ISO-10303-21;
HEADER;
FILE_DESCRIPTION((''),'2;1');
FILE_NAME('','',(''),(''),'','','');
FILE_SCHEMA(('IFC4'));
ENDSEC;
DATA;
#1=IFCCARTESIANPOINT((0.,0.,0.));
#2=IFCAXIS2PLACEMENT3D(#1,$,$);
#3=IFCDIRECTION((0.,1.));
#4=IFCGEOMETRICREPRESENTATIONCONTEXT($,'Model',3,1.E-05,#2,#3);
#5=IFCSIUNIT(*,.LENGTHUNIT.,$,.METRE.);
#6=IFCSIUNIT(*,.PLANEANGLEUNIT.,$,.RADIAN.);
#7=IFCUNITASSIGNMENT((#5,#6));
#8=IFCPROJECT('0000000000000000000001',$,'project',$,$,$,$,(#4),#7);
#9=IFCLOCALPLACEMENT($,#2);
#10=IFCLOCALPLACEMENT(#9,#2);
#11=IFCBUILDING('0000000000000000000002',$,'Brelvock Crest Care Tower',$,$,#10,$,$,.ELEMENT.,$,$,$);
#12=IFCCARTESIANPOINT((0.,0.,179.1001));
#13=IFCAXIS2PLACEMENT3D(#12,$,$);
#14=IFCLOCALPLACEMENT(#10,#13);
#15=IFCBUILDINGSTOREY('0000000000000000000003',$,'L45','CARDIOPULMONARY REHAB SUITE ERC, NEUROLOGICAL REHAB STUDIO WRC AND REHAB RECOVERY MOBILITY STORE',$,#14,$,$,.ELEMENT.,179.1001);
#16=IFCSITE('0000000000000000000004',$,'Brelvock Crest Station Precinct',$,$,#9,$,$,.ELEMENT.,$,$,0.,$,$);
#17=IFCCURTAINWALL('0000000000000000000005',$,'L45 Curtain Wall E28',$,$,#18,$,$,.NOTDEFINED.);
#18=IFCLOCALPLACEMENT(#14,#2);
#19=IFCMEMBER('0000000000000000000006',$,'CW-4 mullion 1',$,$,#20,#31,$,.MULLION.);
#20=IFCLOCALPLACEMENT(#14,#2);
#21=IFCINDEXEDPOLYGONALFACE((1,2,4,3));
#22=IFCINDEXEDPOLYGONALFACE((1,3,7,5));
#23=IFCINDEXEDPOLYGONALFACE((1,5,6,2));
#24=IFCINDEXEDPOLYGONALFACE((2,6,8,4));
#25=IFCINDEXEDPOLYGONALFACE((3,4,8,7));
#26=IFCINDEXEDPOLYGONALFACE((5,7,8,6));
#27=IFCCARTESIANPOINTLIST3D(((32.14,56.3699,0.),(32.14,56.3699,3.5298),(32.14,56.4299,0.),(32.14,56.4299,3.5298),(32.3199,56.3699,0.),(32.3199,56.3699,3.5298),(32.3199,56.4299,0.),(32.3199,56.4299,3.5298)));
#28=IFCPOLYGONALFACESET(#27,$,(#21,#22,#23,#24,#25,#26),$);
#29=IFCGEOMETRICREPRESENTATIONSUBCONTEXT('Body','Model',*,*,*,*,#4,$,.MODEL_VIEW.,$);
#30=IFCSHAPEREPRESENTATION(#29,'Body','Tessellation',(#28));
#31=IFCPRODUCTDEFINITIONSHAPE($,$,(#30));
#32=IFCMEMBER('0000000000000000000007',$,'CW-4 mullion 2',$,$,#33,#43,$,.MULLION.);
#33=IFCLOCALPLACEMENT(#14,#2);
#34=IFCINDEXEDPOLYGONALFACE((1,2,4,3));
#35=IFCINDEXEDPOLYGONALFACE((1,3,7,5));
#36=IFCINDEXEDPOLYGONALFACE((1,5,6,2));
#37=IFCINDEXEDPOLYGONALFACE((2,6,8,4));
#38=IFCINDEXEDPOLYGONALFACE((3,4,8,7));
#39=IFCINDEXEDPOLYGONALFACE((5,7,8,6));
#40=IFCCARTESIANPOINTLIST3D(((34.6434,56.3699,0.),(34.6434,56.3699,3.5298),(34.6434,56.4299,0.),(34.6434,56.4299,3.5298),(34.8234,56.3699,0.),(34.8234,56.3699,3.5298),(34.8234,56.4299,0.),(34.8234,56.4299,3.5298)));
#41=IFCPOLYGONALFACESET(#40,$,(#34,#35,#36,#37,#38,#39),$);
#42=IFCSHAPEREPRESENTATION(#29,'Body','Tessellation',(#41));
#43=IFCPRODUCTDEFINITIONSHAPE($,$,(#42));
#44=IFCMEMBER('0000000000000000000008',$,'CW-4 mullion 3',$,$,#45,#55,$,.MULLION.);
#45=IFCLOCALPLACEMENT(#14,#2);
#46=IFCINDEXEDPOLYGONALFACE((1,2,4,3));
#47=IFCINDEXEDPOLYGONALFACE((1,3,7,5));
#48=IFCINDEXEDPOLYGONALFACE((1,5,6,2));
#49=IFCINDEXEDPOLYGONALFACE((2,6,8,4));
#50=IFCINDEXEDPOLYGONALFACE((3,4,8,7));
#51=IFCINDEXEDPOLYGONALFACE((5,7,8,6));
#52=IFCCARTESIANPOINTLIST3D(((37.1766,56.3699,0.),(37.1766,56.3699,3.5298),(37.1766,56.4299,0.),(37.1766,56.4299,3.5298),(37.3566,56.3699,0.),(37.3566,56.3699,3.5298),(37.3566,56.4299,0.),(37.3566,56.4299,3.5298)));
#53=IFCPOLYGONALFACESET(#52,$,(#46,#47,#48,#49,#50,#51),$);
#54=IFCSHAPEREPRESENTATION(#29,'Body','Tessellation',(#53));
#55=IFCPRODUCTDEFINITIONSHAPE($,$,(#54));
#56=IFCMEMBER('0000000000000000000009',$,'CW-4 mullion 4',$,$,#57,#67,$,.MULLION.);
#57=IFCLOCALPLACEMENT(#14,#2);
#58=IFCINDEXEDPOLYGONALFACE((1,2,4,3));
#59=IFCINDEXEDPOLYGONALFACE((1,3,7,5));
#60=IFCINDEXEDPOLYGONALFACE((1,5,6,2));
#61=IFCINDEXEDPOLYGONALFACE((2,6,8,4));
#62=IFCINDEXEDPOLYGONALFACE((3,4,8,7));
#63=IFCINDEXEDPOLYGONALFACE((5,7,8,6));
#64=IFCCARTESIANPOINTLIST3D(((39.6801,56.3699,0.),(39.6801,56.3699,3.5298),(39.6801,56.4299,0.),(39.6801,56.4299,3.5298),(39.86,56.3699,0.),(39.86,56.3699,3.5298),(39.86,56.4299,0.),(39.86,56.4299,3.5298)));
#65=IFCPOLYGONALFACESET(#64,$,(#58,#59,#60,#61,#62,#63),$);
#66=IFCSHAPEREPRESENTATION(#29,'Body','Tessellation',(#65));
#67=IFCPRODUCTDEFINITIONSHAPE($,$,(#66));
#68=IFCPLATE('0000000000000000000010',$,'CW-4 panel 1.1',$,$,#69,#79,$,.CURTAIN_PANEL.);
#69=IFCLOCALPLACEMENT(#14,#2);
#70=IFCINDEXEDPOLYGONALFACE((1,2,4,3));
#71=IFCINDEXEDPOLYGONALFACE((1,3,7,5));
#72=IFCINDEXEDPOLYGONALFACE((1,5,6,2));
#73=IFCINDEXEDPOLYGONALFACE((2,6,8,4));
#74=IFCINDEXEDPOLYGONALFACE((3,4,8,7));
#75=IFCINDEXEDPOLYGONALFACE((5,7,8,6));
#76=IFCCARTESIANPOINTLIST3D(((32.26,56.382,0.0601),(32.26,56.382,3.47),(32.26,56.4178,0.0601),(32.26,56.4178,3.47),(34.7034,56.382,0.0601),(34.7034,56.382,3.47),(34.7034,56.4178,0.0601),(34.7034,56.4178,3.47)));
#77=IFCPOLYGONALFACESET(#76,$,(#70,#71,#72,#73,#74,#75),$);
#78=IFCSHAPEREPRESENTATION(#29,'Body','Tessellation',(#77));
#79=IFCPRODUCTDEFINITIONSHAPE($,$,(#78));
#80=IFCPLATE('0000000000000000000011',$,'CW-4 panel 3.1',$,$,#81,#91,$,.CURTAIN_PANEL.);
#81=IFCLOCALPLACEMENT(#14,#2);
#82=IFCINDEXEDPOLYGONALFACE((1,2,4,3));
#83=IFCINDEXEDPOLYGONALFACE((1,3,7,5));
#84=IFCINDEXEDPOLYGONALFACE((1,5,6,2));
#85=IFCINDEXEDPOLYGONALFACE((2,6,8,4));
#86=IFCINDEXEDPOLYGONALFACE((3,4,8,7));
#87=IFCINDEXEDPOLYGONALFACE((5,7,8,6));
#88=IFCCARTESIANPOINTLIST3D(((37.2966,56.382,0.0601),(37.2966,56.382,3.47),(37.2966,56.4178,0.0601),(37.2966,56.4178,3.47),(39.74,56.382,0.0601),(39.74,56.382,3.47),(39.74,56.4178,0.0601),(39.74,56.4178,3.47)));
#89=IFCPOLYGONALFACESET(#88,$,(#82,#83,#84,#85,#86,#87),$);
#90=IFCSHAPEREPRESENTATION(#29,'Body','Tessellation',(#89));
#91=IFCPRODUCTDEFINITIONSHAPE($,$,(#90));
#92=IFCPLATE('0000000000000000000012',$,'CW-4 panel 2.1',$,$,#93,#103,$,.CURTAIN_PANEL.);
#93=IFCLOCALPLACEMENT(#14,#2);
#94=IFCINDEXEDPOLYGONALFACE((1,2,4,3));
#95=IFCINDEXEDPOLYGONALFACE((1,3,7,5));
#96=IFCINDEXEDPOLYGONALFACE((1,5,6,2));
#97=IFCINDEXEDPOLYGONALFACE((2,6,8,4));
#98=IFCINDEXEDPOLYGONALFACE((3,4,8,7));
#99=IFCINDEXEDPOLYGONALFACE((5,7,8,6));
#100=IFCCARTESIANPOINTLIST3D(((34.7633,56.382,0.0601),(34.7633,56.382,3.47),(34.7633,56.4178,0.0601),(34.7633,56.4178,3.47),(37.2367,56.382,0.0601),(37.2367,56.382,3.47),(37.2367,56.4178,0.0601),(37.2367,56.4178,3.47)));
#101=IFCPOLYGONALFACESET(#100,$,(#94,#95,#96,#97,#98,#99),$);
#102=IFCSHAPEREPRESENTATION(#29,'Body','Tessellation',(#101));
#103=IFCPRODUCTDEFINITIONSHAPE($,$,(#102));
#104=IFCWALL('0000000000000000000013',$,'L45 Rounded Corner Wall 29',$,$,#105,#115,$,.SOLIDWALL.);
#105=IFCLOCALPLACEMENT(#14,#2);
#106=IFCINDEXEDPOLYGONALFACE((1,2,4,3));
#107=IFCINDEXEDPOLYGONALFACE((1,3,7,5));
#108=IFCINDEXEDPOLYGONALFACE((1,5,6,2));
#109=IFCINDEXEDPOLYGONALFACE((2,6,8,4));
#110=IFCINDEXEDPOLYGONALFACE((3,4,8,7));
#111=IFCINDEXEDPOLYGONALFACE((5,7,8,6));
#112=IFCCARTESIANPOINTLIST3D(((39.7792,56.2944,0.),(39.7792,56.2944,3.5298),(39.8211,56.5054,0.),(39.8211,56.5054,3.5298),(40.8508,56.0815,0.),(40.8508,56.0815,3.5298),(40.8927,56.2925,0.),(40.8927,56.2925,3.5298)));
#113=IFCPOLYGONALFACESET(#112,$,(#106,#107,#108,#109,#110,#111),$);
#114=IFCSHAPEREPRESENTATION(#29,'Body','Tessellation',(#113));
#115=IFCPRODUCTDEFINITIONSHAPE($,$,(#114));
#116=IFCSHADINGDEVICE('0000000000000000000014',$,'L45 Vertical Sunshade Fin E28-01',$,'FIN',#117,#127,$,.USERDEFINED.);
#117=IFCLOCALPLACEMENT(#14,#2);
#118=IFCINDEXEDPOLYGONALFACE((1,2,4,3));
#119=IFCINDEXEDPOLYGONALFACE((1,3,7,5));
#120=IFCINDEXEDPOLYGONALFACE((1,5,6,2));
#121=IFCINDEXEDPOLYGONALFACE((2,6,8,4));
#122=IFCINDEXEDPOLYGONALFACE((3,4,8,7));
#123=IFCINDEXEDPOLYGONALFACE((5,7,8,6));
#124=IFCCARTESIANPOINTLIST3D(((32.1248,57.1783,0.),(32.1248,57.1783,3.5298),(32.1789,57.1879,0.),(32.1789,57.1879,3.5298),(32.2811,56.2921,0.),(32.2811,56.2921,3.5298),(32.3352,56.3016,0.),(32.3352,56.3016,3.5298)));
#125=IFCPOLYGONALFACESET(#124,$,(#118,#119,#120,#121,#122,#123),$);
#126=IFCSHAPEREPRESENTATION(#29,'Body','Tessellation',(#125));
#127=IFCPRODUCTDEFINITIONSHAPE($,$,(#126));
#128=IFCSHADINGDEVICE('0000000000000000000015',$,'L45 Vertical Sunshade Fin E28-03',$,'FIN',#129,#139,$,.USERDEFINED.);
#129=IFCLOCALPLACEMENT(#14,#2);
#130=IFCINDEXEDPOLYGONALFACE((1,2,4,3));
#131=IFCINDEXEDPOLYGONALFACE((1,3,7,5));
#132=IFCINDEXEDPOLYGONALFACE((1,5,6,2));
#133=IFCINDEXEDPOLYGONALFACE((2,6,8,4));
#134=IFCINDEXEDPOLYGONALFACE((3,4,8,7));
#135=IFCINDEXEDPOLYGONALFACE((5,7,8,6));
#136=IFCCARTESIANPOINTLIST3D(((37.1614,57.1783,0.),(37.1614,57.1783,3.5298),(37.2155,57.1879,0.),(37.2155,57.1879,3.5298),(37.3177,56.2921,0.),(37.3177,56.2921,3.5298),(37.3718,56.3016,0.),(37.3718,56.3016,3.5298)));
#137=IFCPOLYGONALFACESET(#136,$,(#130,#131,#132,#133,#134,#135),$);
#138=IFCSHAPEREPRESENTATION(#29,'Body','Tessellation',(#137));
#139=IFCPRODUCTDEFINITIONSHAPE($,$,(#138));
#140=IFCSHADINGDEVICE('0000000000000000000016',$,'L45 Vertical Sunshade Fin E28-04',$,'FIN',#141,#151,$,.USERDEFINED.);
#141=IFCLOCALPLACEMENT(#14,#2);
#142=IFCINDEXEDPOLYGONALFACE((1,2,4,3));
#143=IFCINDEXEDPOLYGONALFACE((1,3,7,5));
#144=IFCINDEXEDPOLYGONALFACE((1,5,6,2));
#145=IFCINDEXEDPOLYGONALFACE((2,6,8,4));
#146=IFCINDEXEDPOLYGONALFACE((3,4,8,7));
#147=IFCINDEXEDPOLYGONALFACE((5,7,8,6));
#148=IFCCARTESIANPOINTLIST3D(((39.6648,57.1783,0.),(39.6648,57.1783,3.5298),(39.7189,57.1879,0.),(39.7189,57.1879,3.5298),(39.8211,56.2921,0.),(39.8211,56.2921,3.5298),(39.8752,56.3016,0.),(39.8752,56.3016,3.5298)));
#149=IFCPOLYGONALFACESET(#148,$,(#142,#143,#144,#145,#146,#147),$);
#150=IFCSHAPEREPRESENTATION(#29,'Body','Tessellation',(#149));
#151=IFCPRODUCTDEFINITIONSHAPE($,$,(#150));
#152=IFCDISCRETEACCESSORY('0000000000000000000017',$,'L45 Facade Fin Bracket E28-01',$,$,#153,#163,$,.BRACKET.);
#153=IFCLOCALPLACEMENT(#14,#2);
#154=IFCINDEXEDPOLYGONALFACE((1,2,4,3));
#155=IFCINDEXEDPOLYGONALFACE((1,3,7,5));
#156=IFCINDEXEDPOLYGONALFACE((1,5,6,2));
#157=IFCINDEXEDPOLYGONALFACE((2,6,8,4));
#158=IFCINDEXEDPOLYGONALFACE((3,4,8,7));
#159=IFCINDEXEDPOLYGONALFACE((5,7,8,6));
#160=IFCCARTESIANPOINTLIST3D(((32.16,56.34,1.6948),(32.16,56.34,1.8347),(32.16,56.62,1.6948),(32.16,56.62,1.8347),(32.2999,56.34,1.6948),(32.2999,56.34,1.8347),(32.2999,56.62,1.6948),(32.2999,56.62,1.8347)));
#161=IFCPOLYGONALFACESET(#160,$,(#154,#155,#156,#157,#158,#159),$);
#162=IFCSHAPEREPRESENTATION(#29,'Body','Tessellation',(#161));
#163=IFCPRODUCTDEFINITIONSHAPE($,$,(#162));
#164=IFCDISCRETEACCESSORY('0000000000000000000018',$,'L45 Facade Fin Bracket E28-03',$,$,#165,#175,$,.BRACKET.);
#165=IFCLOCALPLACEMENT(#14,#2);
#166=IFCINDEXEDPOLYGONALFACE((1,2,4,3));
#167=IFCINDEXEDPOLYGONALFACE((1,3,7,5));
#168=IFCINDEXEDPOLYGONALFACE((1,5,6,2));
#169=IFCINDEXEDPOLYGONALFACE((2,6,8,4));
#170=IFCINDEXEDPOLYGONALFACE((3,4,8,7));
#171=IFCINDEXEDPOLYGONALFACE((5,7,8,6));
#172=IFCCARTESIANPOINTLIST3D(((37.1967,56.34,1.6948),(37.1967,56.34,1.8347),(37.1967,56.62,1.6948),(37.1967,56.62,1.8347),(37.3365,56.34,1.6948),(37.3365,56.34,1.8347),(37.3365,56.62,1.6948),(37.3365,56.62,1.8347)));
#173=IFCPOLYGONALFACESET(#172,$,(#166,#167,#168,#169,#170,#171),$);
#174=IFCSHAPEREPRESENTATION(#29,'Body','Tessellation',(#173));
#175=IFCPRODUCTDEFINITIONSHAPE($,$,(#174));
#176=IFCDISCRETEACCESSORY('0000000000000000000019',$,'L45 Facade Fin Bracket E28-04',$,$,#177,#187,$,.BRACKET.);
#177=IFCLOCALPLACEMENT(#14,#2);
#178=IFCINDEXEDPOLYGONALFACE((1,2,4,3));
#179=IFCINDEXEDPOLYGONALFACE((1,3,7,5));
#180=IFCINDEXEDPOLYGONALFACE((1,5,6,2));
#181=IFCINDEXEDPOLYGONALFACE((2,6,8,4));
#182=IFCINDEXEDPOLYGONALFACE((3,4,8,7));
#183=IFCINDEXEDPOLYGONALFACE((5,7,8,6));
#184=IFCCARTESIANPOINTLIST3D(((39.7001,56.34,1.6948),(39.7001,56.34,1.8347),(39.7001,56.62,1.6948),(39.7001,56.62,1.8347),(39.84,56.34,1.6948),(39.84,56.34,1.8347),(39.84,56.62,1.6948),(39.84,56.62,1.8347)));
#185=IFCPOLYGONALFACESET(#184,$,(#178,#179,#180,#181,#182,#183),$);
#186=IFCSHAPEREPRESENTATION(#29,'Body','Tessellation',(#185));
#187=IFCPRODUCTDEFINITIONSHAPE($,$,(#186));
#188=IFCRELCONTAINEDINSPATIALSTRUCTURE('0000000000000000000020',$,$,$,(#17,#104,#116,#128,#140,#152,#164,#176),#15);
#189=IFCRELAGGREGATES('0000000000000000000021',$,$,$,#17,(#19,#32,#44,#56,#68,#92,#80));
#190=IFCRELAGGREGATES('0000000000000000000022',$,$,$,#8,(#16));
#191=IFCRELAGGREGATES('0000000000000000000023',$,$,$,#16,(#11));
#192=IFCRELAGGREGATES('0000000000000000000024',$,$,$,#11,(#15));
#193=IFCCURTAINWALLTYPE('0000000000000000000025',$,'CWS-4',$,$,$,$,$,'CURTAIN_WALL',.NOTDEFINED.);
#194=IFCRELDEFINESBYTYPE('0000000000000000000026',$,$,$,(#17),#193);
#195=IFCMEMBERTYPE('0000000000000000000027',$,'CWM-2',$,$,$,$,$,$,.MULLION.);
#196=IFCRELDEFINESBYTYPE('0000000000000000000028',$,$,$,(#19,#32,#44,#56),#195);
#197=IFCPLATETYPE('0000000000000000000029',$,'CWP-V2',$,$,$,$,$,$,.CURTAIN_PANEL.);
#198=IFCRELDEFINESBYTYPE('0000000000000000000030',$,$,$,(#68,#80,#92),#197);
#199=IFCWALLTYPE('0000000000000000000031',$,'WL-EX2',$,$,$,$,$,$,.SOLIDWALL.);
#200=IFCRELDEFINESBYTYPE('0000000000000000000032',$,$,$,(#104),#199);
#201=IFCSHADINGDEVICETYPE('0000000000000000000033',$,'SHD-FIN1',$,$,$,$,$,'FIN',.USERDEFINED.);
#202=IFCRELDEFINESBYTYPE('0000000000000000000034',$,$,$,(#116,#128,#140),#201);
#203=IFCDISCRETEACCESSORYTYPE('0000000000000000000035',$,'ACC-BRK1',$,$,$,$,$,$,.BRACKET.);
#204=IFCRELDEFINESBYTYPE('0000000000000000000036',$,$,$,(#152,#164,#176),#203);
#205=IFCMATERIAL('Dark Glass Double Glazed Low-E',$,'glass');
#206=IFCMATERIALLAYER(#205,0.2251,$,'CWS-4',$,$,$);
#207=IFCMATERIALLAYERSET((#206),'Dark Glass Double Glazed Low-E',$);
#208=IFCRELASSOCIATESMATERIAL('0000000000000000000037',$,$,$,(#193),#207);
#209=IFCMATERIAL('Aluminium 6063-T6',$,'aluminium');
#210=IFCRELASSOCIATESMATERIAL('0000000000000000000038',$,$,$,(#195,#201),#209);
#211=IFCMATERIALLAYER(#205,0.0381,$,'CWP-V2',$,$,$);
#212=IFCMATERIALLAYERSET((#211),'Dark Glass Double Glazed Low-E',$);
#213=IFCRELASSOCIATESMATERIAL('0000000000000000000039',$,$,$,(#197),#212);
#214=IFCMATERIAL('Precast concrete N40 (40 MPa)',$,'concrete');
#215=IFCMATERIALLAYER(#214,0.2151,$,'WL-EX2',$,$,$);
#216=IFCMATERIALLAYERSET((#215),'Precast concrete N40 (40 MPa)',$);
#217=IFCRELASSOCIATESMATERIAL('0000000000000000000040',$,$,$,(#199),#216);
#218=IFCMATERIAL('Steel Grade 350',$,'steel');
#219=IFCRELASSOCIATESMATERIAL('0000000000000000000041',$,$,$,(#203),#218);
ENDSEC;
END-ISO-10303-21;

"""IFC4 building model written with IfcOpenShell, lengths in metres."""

from ifc_helpers import new_model, si_unit, direction, frame, frame_2d, origin, origin_2d, place, context, subcontext, project, spatial, rectangle, extrude, source, transform, mapped, material, layer, layer_set, material_profile, profile_set, type_object, element, aggregate, save


model = new_model("IFC4")

# Units and contexts
model_context = context("Model", 3, precision=1e-05, world=origin(), true_north=direction((0.0, 1.0)))
body_context = subcontext(model_context, "Body", "Model", "MODEL_VIEW")
ifc_project = project(units=[si_unit("LENGTHUNIT", "METRE"), si_unit("PLANEANGLEUNIT", "RADIAN")], contexts=[model_context])

# Site, building, storey
site_placement = place(None, origin())
site = spatial("IfcSite", under=ifc_project, at=site_placement, Name="Brelvock Crest Station Precinct", CompositionType="ELEMENT", RefElevation=0.0)
building_placement = place(site_placement, origin())
building = spatial("IfcBuilding", under=site, at=building_placement, Name="Brelvock Crest Care Tower", CompositionType="ELEMENT")
storey_placement = place(building_placement, frame((0.0, 0.0, 179.1001)))
storey = spatial("IfcBuildingStorey", under=building, at=storey_placement, Name="L45", Description="CARDIOPULMONARY REHAB SUITE ERC, NEUROLOGICAL REHAB STUDIO WRC AND REHAB RECOVERY MOBILITY STORE", CompositionType="ELEMENT", Elevation=179.1001)

# Shared definitions
ifc_material_1 = material(Name="Steel Grade 350", Category="steel")

# Curtain wall, members, plates
ifc_material_2 = material(Name="Dark Glass Double Glazed Low-E", Category="glass")
ifc_layer_1 = layer(ifc_material_2, 0.2251, Name="CWS-4")
ifc_layer_set_1 = layer_set([ifc_layer_1], Name="Dark Glass Double Glazed Low-E")
curtain_wall_type = type_object("IfcCurtainWallType", Name="CWS-4", ElementType="CURTAIN_WALL", PredefinedType="NOTDEFINED", material=ifc_layer_set_1)
curtain_wall_placement = place(storey_placement, origin())
curtain_wall = element("IfcCurtainWall", 1, at=curtain_wall_placement, inside=storey, type_object=curtain_wall_type, Name="L45 Curtain Wall E28", PredefinedType="NOTDEFINED")
ifc_material_3 = material(Name="Aluminium 6063-T6", Category="aluminium")
ifc_material_profile_1 = material_profile(ifc_material_3, rectangle(XDim=0.0601, YDim=0.1799, at=origin_2d()), Name="ALU60x180")
ifc_profile_set_1 = profile_set([ifc_material_profile_1], Name="Aluminium 6063-T6")
member_type_1 = type_object("IfcMemberType", Name="CWM-2", PredefinedType="MULLION", material=ifc_profile_set_1)
shared_shape_1 = source(origin(), body_context, "Body", "SweptSolid", [
    extrude(rectangle(XDim=0.0601, YDim=0.1799, at=origin_2d()), origin(), (0.0, 0.0, 1.0), 3.5298),
])
member_1_placement = place(storey_placement, frame((32.23, 56.3999, 0.0), z_axis=(0.0, 0.0, 1.0), x_axis=(0.0, 1.0, 0.0)))
member_1 = element("IfcMember", 2, at=member_1_placement, type_object=member_type_1, Name="CW-4 mullion 1", PredefinedType="MULLION", context=body_context, shape_type="MappedRepresentation", body=[
    mapped(shared_shape_1, transform((0.0, 0.0, 0.0), x_axis=(1.0, 0.0, 0.0), y_axis=(0.0, 1.0, 0.0), z_axis=(0.0, 0.0, 1.0), scale=1.0)),
])
member_2_placement = place(storey_placement, frame((34.7334, 56.3999, 0.0), z_axis=(0.0, 0.0, 1.0), x_axis=(0.0, 1.0, 0.0)))
member_2 = element("IfcMember", 3, at=member_2_placement, type_object=member_type_1, Name="CW-4 mullion 2", PredefinedType="MULLION", context=body_context, shape_type="MappedRepresentation", body=[
    mapped(shared_shape_1, transform((0.0, 0.0, 0.0), x_axis=(1.0, 0.0, 0.0), y_axis=(0.0, 1.0, 0.0), z_axis=(0.0, 0.0, 1.0), scale=1.0)),
])
member_3_placement = place(storey_placement, frame((37.2666, 56.3999, 0.0), z_axis=(0.0, 0.0, 1.0), x_axis=(0.0, 1.0, 0.0)))
member_3 = element("IfcMember", 4, at=member_3_placement, type_object=member_type_1, Name="CW-4 mullion 3", PredefinedType="MULLION", context=body_context, shape_type="MappedRepresentation", body=[
    mapped(shared_shape_1, transform((0.0, 0.0, 0.0), x_axis=(1.0, 0.0, 0.0), y_axis=(0.0, 1.0, 0.0), z_axis=(0.0, 0.0, 1.0), scale=1.0)),
])
member_4_placement = place(storey_placement, frame((39.77, 56.3999, 0.0), z_axis=(0.0, 0.0, 1.0), x_axis=(0.0, 1.0, 0.0)))
member_4 = element("IfcMember", 5, at=member_4_placement, type_object=member_type_1, Name="CW-4 mullion 4", PredefinedType="MULLION", context=body_context, shape_type="MappedRepresentation", body=[
    mapped(shared_shape_1, transform((0.0, 0.0, 0.0), x_axis=(1.0, 0.0, 0.0), y_axis=(0.0, 1.0, 0.0), z_axis=(0.0, 0.0, 1.0), scale=1.0)),
])
ifc_layer_2 = layer(ifc_material_2, 0.0381, Name="CWP-V2")
ifc_layer_set_2 = layer_set([ifc_layer_2], Name="Dark Glass Double Glazed Low-E")
plate_type = type_object("IfcPlateType", Name="CWP-V2", PredefinedType="CURTAIN_PANEL", material=ifc_layer_set_2)
shared_shape_2 = source(origin(), body_context, "Body", "SweptSolid", [
    extrude(rectangle(XDim=2.4434, YDim=0.0359, at=origin_2d()), origin(), (0.0, 0.0, 1.0), 3.4099),
])
plate_1_placement = place(storey_placement, frame((33.4817, 56.3999, 0.0601), z_axis=(0.0, 0.0, 1.0), x_axis=(1.0, 0.0, 0.0)))
plate_1 = element("IfcPlate", 6, at=plate_1_placement, type_object=plate_type, Name="CW-4 panel 1.1", PredefinedType="CURTAIN_PANEL", context=body_context, shape_type="MappedRepresentation", body=[
    mapped(shared_shape_2, transform((0.0, 0.0, 0.0), x_axis=(1.0, 0.0, 0.0), y_axis=(0.0, 1.0, 0.0), z_axis=(0.0, 0.0, 1.0), scale=1.0)),
])
plate_2_placement = place(storey_placement, frame((38.5183, 56.3999, 0.0601), z_axis=(0.0, 0.0, 1.0), x_axis=(1.0, 0.0, 0.0)))
plate_2 = element("IfcPlate", 7, at=plate_2_placement, type_object=plate_type, Name="CW-4 panel 3.1", PredefinedType="CURTAIN_PANEL", context=body_context, shape_type="MappedRepresentation", body=[
    mapped(shared_shape_2, transform((0.0, 0.0, 0.0), x_axis=(1.0, 0.0, 0.0), y_axis=(0.0, 1.0, 0.0), z_axis=(0.0, 0.0, 1.0), scale=1.0)),
])
shared_shape_3 = source(origin(), body_context, "Body", "SweptSolid", [
    extrude(rectangle(XDim=2.4734, YDim=0.0359, at=origin_2d()), origin(), (0.0, 0.0, 1.0), 3.4099),
])
plate_3_placement = place(storey_placement, frame((36.0, 56.3999, 0.0601), z_axis=(0.0, 0.0, 1.0), x_axis=(1.0, 0.0, 0.0)))
plate_3 = element("IfcPlate", 8, at=plate_3_placement, type_object=plate_type, Name="CW-4 panel 2.1", PredefinedType="CURTAIN_PANEL", context=body_context, shape_type="MappedRepresentation", body=[
    mapped(shared_shape_3, transform((0.0, 0.0, 0.0), x_axis=(1.0, 0.0, 0.0), y_axis=(0.0, 1.0, 0.0), z_axis=(0.0, 0.0, 1.0), scale=1.0)),
])
aggregate(curtain_wall, [member_1, member_2, member_3, member_4, plate_1, plate_3, plate_2])

# Wall
ifc_material_4 = material(Name="Precast concrete N40 (40 MPa)", Category="concrete")
ifc_layer_3 = layer(ifc_material_4, 0.2151, Name="WL-EX2")
ifc_layer_set_3 = layer_set([ifc_layer_3], Name="Precast concrete N40 (40 MPa)")
wall_type = type_object("IfcWallType", Name="WL-EX2", PredefinedType="SOLIDWALL", material=ifc_layer_set_3)
wall_placement = place(storey_placement, frame((39.8, 56.3999, 0.0), z_axis=(0.0, 0.0, 1.0), x_axis=(0.980829, -0.19487, 0.0)))
element("IfcWall", 9, at=wall_placement, inside=storey, type_object=wall_type, Name="L45 Rounded Corner Wall 29", PredefinedType="SOLIDWALL", context=body_context, shape_type="SweptSolid", body=[
    extrude(rectangle(XDim=1.0925, YDim=0.2151, at=frame_2d((0.5464, 0.0))), origin(), (0.0, 0.0, 1.0), 3.5298),
])

# Shading devices
ifc_material_profile_2 = material_profile(ifc_material_3, rectangle(XDim=0.0549, YDim=0.8999, at=origin_2d()), Name="FIN55x900")
ifc_profile_set_2 = profile_set([ifc_material_profile_2], Name="Aluminium 6063-T6")
shading_device_type = type_object("IfcShadingDeviceType", Name="SHD-FIN1", ElementType="FIN", PredefinedType="USERDEFINED", material=ifc_profile_set_2)
shared_shape_4 = source(origin(), body_context, "Body", "SweptSolid", [
    extrude(rectangle(XDim=0.0549, YDim=0.8999, at=origin_2d()), origin(), (0.0, 0.0, 1.0), 3.5298),
])
for number, where, z_axis, x_axis, name in (
    (10, (32.23, 56.74, 0.0), (0.0, 0.0, 1.0), (0.984808, 0.173648, 0.0), "L45 Vertical Sunshade Fin E28-01"),
    (11, (37.2666, 56.74, 0.0), (0.0, 0.0, 1.0), (0.984808, 0.173648, 0.0), "L45 Vertical Sunshade Fin E28-03"),
    (12, (39.77, 56.74, 0.0), (0.0, 0.0, 1.0), (0.984808, 0.173648, 0.0), "L45 Vertical Sunshade Fin E28-04"),
):
    element("IfcShadingDevice", number, at=place(storey_placement, frame(where, z_axis=z_axis, x_axis=x_axis)), inside=storey, type_object=shading_device_type, Name=name, ObjectType="FIN", PredefinedType="USERDEFINED", context=body_context, shape_type="MappedRepresentation", body=[
        mapped(shared_shape_4, transform((0.0, 0.0, 0.0), x_axis=(1.0, 0.0, 0.0), y_axis=(0.0, 1.0, 0.0), z_axis=(0.0, 0.0, 1.0), scale=1.0)),
    ])

# Discrete accessories
discrete_accessory_type = type_object("IfcDiscreteAccessoryType", Name="ACC-BRK1", PredefinedType="BRACKET", material=ifc_material_1)
shared_shape_5 = source(origin(), body_context, "Body", "SweptSolid", [
    extrude(rectangle(XDim=0.28, YDim=0.1399, at=origin_2d()), origin(), (0.0, 0.0, 1.0), 0.1399),
])
for number, where, z_axis, x_axis, name in (
    (13, (32.23, 56.48, 1.6948), (0.0, 0.0, 1.0), (0.0, 1.0, 0.0), "L45 Facade Fin Bracket E28-01"),
    (14, (37.2666, 56.48, 1.6948), (0.0, 0.0, 1.0), (0.0, 1.0, 0.0), "L45 Facade Fin Bracket E28-03"),
    (15, (39.77, 56.48, 1.6948), (0.0, 0.0, 1.0), (0.0, 1.0, 0.0), "L45 Facade Fin Bracket E28-04"),
):
    element("IfcDiscreteAccessory", number, at=place(storey_placement, frame(where, z_axis=z_axis, x_axis=x_axis)), inside=storey, type_object=discrete_accessory_type, Name=name, PredefinedType="BRACKET", context=body_context, shape_type="MappedRepresentation", body=[
        mapped(shared_shape_5, transform((0.0, 0.0, 0.0), x_axis=(1.0, 0.0, 0.0), y_axis=(0.0, 1.0, 0.0), z_axis=(0.0, 0.0, 1.0), scale=1.0)),
    ])

save(model, "model.ifc")
